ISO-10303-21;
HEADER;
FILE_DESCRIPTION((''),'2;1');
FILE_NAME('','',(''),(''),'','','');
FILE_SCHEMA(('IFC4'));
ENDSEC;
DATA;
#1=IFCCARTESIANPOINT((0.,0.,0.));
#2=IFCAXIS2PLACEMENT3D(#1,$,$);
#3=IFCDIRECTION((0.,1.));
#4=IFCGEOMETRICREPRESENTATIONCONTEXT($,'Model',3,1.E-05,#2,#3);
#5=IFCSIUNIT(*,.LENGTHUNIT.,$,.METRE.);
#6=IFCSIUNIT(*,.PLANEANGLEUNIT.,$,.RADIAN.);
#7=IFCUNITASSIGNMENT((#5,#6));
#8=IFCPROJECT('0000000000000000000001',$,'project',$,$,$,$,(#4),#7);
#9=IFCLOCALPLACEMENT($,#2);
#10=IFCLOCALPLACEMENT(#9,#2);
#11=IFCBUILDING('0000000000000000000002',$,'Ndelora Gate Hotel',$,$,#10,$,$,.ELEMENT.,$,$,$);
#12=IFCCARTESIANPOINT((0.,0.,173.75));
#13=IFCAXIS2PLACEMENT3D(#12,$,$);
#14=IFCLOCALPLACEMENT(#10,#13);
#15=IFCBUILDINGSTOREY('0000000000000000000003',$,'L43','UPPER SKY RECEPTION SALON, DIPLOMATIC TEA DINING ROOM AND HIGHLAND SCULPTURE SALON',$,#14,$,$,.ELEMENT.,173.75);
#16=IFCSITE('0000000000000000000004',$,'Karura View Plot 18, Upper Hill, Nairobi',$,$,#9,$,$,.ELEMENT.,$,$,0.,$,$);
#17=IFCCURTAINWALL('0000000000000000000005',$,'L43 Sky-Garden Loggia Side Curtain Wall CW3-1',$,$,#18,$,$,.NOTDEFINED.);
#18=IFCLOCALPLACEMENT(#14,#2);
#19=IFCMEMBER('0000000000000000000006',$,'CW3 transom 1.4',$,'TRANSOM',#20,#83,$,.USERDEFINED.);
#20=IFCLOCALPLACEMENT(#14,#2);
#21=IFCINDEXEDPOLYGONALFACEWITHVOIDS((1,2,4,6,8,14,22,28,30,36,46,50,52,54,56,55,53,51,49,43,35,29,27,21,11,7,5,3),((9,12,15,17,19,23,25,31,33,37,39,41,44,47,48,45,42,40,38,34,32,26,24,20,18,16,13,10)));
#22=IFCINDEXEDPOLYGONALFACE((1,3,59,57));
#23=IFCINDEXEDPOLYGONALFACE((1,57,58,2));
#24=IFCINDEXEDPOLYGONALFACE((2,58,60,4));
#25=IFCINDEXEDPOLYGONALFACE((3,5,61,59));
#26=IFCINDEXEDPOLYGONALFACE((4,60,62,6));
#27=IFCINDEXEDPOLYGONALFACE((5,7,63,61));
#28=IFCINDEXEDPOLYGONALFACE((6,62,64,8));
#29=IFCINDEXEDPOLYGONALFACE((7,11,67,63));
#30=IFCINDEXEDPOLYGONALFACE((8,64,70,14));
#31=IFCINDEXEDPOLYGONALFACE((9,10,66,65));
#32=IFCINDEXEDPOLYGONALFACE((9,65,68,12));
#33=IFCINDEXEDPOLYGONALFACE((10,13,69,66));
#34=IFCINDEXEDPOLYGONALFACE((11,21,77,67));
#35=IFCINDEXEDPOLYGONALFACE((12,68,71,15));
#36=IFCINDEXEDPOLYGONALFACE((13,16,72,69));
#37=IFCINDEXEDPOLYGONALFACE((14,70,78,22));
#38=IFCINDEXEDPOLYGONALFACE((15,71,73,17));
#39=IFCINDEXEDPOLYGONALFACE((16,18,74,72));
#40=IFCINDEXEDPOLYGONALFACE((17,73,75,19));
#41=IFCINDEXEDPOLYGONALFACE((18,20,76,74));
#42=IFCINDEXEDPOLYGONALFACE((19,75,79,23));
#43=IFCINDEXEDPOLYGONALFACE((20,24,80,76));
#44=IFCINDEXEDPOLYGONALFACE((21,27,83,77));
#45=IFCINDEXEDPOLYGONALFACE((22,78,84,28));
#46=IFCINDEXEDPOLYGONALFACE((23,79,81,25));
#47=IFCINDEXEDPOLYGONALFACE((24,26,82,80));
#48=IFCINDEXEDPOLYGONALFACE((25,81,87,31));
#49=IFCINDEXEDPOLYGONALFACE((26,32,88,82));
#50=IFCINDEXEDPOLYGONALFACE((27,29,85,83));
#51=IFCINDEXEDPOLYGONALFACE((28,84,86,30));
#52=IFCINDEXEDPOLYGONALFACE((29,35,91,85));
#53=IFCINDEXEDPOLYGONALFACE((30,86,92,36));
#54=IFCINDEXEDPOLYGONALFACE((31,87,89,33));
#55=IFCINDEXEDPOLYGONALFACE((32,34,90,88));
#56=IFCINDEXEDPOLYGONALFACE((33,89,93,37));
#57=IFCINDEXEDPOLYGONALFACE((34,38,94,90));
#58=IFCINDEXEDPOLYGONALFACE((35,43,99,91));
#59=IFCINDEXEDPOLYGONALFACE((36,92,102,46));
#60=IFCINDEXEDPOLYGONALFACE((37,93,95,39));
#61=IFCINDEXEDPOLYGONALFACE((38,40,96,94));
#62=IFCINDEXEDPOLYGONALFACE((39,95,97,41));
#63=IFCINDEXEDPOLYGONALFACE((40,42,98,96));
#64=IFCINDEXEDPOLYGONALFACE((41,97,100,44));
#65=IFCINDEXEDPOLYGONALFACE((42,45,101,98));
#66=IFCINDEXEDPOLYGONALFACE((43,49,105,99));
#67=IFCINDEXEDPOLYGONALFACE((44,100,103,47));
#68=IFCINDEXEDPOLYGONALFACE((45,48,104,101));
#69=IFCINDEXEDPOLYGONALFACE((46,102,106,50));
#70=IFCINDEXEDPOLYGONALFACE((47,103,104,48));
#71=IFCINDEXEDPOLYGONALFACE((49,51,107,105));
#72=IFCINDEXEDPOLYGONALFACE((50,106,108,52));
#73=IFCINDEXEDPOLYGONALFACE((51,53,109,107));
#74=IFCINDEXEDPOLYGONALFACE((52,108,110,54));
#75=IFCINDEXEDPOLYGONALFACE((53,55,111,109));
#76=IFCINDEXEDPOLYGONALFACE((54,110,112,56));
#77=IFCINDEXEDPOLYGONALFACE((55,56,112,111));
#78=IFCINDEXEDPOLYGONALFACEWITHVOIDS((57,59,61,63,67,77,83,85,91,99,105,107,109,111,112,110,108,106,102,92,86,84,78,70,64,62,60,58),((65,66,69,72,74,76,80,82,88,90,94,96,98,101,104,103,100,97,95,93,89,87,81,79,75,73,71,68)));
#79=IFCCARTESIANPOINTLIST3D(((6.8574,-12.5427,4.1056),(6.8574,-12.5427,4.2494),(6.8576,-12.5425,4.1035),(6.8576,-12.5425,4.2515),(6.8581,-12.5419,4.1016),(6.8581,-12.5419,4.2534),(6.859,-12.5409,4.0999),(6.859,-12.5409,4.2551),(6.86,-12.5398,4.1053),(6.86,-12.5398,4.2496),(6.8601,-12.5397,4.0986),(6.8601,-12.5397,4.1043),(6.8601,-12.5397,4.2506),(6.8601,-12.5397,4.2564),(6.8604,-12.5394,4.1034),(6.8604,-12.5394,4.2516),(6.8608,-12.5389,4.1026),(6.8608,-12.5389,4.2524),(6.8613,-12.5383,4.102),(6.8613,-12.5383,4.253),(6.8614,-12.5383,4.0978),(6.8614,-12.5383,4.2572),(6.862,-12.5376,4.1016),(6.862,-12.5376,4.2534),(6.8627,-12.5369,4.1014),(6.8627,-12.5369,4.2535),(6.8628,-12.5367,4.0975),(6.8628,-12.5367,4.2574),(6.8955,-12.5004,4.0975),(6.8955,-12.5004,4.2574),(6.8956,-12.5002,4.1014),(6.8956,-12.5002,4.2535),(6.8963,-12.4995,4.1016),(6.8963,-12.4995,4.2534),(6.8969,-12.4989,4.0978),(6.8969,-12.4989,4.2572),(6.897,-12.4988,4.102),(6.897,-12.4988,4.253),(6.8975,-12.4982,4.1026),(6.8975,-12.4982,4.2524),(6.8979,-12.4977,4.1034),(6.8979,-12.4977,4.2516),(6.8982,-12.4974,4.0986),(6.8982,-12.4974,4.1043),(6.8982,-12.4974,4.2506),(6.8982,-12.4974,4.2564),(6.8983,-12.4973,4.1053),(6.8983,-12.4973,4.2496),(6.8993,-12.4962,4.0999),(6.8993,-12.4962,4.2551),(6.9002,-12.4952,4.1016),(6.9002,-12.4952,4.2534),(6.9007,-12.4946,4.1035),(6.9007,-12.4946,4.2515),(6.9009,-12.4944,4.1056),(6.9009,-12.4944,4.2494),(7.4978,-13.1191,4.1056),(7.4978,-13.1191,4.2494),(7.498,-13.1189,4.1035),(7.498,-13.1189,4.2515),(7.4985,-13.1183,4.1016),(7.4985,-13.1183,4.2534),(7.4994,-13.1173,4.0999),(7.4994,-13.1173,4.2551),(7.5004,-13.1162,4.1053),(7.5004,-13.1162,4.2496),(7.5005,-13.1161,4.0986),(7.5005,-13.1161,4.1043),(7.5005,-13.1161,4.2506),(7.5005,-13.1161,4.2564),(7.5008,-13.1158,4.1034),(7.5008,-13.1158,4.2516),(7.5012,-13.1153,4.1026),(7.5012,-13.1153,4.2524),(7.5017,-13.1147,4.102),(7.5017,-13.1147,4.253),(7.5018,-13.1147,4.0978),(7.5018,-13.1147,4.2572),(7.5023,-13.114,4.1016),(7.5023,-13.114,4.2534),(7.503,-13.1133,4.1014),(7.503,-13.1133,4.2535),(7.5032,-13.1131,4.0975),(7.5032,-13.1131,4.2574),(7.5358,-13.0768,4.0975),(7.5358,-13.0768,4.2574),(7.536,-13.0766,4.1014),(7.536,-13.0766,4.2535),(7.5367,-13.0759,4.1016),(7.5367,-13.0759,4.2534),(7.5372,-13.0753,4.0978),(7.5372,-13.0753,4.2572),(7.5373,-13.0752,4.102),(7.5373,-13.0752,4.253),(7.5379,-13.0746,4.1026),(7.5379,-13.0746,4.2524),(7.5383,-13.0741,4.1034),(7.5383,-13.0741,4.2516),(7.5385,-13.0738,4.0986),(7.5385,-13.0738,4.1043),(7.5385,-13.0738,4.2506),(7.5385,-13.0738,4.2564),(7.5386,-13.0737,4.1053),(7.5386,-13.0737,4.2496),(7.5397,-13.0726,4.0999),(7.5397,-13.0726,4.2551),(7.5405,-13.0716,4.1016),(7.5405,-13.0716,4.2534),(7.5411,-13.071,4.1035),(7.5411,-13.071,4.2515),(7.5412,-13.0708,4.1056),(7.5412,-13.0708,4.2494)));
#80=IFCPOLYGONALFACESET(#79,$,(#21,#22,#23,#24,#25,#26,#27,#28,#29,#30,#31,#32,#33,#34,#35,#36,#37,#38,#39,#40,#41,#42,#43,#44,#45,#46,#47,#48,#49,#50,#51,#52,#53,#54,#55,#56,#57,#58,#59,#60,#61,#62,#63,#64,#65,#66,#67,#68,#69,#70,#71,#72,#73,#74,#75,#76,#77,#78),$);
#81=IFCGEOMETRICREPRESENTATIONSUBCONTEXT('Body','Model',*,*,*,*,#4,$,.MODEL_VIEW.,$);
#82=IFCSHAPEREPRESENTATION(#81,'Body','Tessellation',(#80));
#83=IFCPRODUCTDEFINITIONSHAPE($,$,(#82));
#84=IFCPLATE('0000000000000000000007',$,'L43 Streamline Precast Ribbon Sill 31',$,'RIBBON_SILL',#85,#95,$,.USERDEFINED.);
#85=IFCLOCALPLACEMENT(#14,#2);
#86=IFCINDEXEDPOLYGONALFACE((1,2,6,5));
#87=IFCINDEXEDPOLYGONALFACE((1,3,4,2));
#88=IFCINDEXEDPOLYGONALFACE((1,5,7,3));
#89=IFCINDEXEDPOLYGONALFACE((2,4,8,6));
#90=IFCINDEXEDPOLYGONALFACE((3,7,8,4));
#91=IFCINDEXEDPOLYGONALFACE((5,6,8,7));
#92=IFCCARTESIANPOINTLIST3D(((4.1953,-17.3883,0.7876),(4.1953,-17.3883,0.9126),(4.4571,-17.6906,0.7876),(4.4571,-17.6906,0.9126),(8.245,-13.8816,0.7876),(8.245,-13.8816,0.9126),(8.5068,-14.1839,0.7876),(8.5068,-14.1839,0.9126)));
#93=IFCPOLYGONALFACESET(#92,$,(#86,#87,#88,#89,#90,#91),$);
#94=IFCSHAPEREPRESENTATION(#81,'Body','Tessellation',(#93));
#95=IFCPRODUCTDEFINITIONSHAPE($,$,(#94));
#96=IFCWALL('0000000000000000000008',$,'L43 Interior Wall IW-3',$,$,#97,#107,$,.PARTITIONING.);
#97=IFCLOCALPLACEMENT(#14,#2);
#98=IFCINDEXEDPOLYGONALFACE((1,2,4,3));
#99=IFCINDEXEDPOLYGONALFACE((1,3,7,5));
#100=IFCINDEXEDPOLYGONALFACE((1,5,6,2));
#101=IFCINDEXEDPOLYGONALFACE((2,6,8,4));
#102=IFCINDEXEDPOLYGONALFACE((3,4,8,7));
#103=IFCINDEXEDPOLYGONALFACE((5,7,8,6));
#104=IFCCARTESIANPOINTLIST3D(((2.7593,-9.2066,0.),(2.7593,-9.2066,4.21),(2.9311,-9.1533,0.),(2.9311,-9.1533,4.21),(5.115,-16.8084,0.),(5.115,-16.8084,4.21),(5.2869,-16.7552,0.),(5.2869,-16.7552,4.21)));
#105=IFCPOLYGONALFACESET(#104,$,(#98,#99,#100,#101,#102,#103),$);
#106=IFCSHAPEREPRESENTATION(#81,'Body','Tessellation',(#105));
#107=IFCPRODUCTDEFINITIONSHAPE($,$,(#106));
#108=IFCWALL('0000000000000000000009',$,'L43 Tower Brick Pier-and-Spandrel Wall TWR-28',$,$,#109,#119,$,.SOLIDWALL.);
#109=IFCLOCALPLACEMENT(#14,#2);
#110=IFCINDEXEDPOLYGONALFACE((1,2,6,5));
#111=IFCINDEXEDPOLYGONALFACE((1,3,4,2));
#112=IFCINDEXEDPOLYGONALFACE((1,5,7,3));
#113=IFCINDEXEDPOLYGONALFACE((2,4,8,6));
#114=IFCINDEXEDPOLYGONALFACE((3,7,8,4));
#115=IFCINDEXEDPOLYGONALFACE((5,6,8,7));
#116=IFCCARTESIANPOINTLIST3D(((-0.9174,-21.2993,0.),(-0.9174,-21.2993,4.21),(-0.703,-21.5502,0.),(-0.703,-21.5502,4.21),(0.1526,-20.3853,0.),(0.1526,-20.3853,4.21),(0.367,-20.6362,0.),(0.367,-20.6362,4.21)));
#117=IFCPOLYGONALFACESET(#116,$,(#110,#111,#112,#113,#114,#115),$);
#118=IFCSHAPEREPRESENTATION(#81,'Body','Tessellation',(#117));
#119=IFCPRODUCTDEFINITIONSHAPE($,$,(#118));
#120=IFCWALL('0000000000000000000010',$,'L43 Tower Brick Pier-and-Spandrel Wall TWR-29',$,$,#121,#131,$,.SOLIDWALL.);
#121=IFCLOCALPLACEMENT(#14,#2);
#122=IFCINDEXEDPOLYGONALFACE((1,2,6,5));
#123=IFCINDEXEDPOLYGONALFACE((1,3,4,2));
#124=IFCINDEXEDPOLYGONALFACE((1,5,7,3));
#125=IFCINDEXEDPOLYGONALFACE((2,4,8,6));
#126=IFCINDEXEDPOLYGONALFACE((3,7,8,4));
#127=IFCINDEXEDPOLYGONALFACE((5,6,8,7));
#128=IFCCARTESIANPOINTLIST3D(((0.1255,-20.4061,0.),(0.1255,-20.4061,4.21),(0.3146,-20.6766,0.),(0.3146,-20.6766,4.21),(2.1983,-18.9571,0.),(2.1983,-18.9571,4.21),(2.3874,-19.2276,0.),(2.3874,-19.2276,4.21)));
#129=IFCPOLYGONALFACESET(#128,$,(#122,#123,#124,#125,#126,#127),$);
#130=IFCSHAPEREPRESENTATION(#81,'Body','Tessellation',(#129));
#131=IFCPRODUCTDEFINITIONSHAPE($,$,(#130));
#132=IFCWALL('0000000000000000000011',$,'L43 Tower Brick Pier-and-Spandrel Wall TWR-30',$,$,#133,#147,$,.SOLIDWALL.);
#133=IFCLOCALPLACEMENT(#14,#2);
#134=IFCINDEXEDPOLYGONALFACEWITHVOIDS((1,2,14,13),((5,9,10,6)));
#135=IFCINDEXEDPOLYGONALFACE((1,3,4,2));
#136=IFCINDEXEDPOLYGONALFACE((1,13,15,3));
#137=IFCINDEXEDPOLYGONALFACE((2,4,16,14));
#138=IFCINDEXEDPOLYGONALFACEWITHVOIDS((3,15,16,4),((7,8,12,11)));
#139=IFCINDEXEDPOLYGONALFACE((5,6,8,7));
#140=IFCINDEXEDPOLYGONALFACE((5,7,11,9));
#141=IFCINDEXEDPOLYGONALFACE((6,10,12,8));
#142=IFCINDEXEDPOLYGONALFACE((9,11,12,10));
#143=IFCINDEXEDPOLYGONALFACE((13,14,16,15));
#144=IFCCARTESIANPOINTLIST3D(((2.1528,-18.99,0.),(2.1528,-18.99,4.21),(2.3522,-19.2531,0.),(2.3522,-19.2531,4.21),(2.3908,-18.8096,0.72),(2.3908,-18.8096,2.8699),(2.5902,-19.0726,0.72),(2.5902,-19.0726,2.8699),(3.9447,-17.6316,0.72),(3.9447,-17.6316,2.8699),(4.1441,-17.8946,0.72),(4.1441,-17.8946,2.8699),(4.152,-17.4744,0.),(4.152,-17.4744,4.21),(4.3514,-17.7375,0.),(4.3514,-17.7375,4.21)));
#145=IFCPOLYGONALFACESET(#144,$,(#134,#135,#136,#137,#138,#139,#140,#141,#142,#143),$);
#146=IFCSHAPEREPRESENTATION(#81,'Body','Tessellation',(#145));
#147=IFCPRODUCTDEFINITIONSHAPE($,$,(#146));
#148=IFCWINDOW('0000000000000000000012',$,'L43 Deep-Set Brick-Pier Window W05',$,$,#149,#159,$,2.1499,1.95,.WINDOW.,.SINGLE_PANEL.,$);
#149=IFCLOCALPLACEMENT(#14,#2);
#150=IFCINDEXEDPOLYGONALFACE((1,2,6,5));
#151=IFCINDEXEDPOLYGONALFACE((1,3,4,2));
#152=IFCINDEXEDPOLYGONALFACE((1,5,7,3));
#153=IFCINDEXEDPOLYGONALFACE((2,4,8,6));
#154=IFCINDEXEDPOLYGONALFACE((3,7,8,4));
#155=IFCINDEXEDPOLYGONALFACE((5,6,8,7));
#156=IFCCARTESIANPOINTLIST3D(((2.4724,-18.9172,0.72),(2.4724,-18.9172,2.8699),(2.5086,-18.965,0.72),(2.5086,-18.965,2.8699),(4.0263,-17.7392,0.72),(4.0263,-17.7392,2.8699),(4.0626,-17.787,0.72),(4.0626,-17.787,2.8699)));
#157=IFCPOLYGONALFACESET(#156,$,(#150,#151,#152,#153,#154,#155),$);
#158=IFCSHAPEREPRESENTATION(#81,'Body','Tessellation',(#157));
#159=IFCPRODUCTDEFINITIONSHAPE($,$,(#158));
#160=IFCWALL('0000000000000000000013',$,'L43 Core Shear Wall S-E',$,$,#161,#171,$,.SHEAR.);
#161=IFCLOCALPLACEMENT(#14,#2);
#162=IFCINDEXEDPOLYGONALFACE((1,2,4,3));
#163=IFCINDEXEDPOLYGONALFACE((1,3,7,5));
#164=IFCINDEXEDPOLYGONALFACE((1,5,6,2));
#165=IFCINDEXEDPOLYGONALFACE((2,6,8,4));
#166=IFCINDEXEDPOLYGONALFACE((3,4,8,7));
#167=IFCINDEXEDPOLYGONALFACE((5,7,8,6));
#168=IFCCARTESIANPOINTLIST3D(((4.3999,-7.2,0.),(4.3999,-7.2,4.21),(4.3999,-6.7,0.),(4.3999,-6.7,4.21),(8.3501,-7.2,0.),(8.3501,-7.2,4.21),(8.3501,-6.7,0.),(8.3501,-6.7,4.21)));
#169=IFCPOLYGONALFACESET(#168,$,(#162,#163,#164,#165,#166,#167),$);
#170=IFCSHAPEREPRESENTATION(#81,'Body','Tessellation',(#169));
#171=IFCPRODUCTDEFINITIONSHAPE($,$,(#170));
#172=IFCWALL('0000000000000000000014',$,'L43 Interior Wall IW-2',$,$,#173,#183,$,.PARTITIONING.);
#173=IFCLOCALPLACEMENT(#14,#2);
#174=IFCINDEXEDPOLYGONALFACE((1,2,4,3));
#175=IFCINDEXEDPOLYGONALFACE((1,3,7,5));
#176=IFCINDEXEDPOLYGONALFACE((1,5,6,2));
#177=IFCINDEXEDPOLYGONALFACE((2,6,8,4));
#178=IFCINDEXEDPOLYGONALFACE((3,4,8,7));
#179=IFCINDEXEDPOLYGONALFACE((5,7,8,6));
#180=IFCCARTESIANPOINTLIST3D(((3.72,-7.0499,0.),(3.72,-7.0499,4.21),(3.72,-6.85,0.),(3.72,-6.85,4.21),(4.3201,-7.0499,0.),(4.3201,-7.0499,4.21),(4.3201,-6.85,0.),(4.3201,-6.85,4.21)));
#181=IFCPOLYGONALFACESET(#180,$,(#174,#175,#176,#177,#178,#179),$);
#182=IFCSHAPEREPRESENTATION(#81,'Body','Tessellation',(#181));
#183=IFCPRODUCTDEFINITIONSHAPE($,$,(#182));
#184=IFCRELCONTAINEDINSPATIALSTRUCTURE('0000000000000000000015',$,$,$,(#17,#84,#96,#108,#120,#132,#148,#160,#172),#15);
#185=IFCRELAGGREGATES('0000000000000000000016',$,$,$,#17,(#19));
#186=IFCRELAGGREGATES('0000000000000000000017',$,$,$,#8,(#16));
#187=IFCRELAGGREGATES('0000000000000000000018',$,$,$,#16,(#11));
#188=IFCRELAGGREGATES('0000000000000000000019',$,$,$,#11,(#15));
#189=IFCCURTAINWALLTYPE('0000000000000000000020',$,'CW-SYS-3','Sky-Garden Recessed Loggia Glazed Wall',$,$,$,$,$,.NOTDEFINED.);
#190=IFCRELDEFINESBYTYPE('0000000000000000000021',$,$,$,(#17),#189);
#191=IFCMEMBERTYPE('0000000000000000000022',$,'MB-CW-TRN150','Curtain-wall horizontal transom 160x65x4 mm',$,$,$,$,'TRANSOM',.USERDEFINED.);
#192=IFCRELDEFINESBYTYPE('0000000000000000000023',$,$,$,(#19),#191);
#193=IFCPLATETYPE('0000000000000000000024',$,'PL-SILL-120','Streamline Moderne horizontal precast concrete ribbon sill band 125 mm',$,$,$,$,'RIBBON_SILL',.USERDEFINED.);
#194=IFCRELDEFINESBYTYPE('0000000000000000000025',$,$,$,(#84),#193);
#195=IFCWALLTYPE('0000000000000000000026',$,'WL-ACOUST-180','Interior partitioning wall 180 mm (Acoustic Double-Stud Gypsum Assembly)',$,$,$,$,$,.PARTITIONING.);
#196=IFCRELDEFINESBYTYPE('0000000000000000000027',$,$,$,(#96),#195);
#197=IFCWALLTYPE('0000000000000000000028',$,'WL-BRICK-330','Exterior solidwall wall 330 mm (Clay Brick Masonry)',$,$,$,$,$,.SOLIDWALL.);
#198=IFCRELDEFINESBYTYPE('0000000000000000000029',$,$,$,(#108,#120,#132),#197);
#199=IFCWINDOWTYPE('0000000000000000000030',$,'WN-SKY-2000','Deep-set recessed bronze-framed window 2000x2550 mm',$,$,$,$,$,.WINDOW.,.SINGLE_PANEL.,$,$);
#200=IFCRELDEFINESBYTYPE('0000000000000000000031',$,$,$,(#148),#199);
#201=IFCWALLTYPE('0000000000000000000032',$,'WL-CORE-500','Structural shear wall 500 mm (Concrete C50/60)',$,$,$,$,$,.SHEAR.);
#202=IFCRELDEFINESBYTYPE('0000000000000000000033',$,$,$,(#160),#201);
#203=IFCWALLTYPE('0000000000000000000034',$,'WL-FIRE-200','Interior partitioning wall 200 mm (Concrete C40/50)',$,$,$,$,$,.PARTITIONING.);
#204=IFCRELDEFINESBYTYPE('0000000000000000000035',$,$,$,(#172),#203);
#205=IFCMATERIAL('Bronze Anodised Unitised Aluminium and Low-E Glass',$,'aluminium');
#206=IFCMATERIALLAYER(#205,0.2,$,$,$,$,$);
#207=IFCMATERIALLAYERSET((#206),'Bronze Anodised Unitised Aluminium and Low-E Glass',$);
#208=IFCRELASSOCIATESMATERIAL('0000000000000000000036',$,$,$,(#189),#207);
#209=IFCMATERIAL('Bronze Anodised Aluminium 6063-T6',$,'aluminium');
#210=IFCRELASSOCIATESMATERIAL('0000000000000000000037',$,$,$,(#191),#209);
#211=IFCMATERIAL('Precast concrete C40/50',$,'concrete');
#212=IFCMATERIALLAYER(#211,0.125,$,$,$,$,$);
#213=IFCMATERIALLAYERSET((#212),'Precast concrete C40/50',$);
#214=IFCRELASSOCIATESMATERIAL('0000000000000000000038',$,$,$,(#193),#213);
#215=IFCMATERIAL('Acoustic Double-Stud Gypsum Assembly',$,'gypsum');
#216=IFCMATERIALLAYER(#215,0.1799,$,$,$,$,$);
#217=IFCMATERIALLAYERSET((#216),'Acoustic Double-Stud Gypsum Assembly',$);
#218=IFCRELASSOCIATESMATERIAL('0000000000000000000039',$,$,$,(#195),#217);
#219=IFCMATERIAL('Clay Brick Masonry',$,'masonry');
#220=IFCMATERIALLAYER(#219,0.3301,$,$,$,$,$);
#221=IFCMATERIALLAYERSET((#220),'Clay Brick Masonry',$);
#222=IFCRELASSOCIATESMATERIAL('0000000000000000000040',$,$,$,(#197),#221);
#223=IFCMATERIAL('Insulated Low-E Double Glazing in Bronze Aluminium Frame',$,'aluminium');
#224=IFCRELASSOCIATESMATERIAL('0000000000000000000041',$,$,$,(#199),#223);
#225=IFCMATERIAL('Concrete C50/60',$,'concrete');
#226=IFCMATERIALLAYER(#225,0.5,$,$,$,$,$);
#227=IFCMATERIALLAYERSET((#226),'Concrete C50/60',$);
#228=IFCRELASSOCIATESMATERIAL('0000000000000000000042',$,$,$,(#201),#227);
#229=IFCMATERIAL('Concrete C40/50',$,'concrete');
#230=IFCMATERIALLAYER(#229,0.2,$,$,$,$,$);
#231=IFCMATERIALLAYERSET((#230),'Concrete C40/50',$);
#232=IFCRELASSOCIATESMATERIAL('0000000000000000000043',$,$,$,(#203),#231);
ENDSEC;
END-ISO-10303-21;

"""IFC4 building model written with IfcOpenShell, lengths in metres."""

from ifc_helpers import new_model, si_unit, direction, frame, frame_2d, origin, origin_2d, place, context, subcontext, project, spatial, rectangle, hollow_rectangle, extrude, material, layer, layer_set, material_profile, profile_set, type_object, element, fill, aggregate, save


model = new_model("IFC4")

# Units and contexts
model_context = context("Model", 3, precision=1e-05, world=origin(), true_north=direction((0.0, 1.0)))
body_context = subcontext(model_context, "Body", "Model", "MODEL_VIEW")
ifc_project = project(units=[si_unit("LENGTHUNIT", "METRE"), si_unit("PLANEANGLEUNIT", "RADIAN")], contexts=[model_context])

# Site, building, storey
site_placement = place(None, origin())
site = spatial("IfcSite", under=ifc_project, at=site_placement, Name="Karura View Plot 18, Upper Hill, Nairobi", CompositionType="ELEMENT", RefElevation=0.0)
building_placement = place(site_placement, origin())
building = spatial("IfcBuilding", under=site, at=building_placement, Name="Ndelora Gate Hotel", CompositionType="ELEMENT")
storey_placement = place(building_placement, frame((0.0, 0.0, 173.75)))
storey = spatial("IfcBuildingStorey", under=building, at=storey_placement, Name="L43", Description="UPPER SKY RECEPTION SALON, DIPLOMATIC TEA DINING ROOM AND HIGHLAND SCULPTURE SALON", CompositionType="ELEMENT", Elevation=173.75)

# Shared definitions
ifc_material_1 = material(Name="Concrete C50/60", Category="concrete")

# Curtain wall, member
ifc_material_2 = material(Name="Bronze Anodised Unitised Aluminium and Low-E Glass", Category="aluminium")
ifc_layer_1 = layer(ifc_material_2, 0.2)
ifc_layer_set_1 = layer_set([ifc_layer_1], Name="Bronze Anodised Unitised Aluminium and Low-E Glass")
curtain_wall_type = type_object("IfcCurtainWallType", Name="CW-SYS-3", Description="Sky-Garden Recessed Loggia Glazed Wall", PredefinedType="NOTDEFINED", material=ifc_layer_set_1)
curtain_wall_placement = place(storey_placement, origin())
curtain_wall = element("IfcCurtainWall", 1, at=curtain_wall_placement, inside=storey, type_object=curtain_wall_type, Name="L43 Sky-Garden Loggia Side Curtain Wall CW3-1", PredefinedType="NOTDEFINED")
ifc_material_3 = material(Name="Bronze Anodised Aluminium 6063-T6", Category="aluminium")
ifc_material_profile_1 = material_profile(ifc_material_3, hollow_rectangle(XDim=0.0649, YDim=0.1599, WallThickness=0.0039, InnerFilletRadius=0.0039, OuterFilletRadius=0.0081, at=origin_2d()), Name="ALU 160x65x4")
ifc_profile_set_1 = profile_set([ifc_material_profile_1], Name="Bronze Anodised Aluminium 6063-T6")
member_type_1 = type_object("IfcMemberType", Name="MB-CW-TRN150", Description="Curtain-wall horizontal transom 160x65x4 mm", ElementType="TRANSOM", PredefinedType="USERDEFINED", material=ifc_profile_set_1)
member_1_placement = place(storey_placement, frame((6.8792, -12.5186, 4.1775), z_axis=(0.743252, -0.669012, 0.0), x_axis=(0.669012, 0.743252, 0.0)))
member_1 = element("IfcMember", 2, at=member_1_placement, type_object=member_type_1, Name="CW3 transom 1.4", ObjectType="TRANSOM", PredefinedType="USERDEFINED", context=body_context, shape_type="SweptSolid", body=[
    extrude(hollow_rectangle(XDim=0.0649, YDim=0.1599, WallThickness=0.0039, InnerFilletRadius=0.0039, OuterFilletRadius=0.0081, at=origin_2d()), origin(), (0.0, 0.0, 1.0), 0.8616),
])
aggregate(curtain_wall, [member_1])

# Plate
ifc_material_4 = material(Name="Precast concrete C40/50", Category="concrete")
ifc_layer_2 = layer(ifc_material_4, 0.125)
ifc_layer_set_2 = layer_set([ifc_layer_2], Name="Precast concrete C40/50")
plate_type = type_object("IfcPlateType", Name="PL-SILL-120", Description="Streamline Moderne horizontal precast concrete ribbon sill band 125 mm", ElementType="RIBBON_SILL", PredefinedType="USERDEFINED", material=ifc_layer_set_2)
plate_placement = place(storey_placement, frame((6.3511, -15.7861, 0.7876), z_axis=(0.0, 0.0, 1.0), x_axis=(0.755968, 0.654609, 0.0)))
element("IfcPlate", 3, at=plate_placement, inside=storey, type_object=plate_type, Name="L43 Streamline Precast Ribbon Sill 31", ObjectType="RIBBON_SILL", PredefinedType="USERDEFINED", context=body_context, shape_type="SweptSolid", body=[
    extrude(rectangle(XDim=5.3569, YDim=0.3999, at=origin_2d()), origin(), (0.0, 0.0, 1.0), 0.125),
])

# Walls
ifc_material_5 = material(Name="Acoustic Double-Stud Gypsum Assembly", Category="gypsum")
ifc_layer_3 = layer(ifc_material_5, 0.1799)
ifc_layer_set_3 = layer_set([ifc_layer_3], Name="Acoustic Double-Stud Gypsum Assembly")
wall_type_1 = type_object("IfcWallType", Name="WL-ACOUST-180", Description="Interior partitioning wall 180 mm (Acoustic Double-Stud Gypsum Assembly)", PredefinedType="PARTITIONING", material=ifc_layer_set_3)
wall_1_placement = place(storey_placement, frame((2.8452, -9.1799, 0.0), z_axis=(0.0, 0.0, 1.0), x_axis=(0.296002, -0.955187, 0.0)))
element("IfcWall", 4, at=wall_1_placement, inside=storey, type_object=wall_type_1, Name="L43 Interior Wall IW-3", PredefinedType="PARTITIONING", context=body_context, shape_type="SweptSolid", body=[
    extrude(rectangle(XDim=7.9585, YDim=0.1799, at=frame_2d((3.9792, 0.0))), origin(), (0.0, 0.0, 1.0), 4.21),
])
ifc_material_6 = material(Name="Clay Brick Masonry", Category="masonry")
ifc_layer_4 = layer(ifc_material_6, 0.3301)
ifc_layer_set_4 = layer_set([ifc_layer_4], Name="Clay Brick Masonry")
wall_type_2 = type_object("IfcWallType", Name="WL-BRICK-330", Description="Exterior solidwall wall 330 mm (Clay Brick Masonry)", PredefinedType="SOLIDWALL", material=ifc_layer_set_4)
wall_2_placement = place(storey_placement, frame((0.2598, -20.5107, 0.0), z_axis=(0.0, 0.0, 1.0), x_axis=(-0.760358, -0.649505, 0.0)))
element("IfcWall", 5, at=wall_2_placement, inside=storey, type_object=wall_type_2, Name="L43 Tower Brick Pier-and-Spandrel Wall TWR-28", PredefinedType="SOLIDWALL", context=body_context, shape_type="SweptSolid", body=[
    extrude(rectangle(XDim=1.4072, YDim=0.3301, at=frame_2d((0.7036, 0.0))), origin(), (0.0, 0.0, 1.0), 4.21),
])
wall_3_placement = place(storey_placement, frame((2.293, -19.0923, 0.0), z_axis=(0.0, 0.0, 1.0), x_axis=(-0.819595, -0.572944, 0.0)))
element("IfcWall", 6, at=wall_3_placement, inside=storey, type_object=wall_type_2, Name="L43 Tower Brick Pier-and-Spandrel Wall TWR-29", PredefinedType="SOLIDWALL", context=body_context, shape_type="SweptSolid", body=[
    extrude(rectangle(XDim=2.5291, YDim=0.3301, at=frame_2d((1.2646, 0.0))), origin(), (0.0, 0.0, 1.0), 4.21),
])

# Wall, opening, window
wall_4_placement = place(storey_placement, frame((4.2517, -17.606, 0.0), z_axis=(0.0, 0.0, 1.0), x_axis=(-0.796895, -0.604118, 0.0)))
wall_4 = element("IfcWall", 7, at=wall_4_placement, inside=storey, type_object=wall_type_2, Name="L43 Tower Brick Pier-and-Spandrel Wall TWR-30", PredefinedType="SOLIDWALL", context=body_context, shape_type="SweptSolid", body=[
    extrude(rectangle(XDim=2.5088, YDim=0.3301, at=frame_2d((1.2544, 0.0))), origin(), (0.0, 0.0, 1.0), 4.21),
])
opening_placement = place(wall_4_placement, frame((0.26, 0.0, 0.72)))
opening = element("IfcOpeningElement", 8, at=opening_placement, cuts=wall_4, PredefinedType="OPENING", context=body_context, shape_type="SweptSolid", body=[
    extrude(rectangle(XDim=1.95, YDim=2.1499, at=frame_2d((0.9751, 1.075))), frame((0.0, 0.175, 0.0), z_axis=(0.0, -1.0, 0.0), x_axis=(1.0, 0.0, 0.0)), (0.0, 0.0, 1.0), 0.3501),
])
ifc_material_7 = material(Name="Insulated Low-E Double Glazing in Bronze Aluminium Frame", Category="aluminium")
window_type = type_object("IfcWindowType", Name="WN-SKY-2000", Description="Deep-set recessed bronze-framed window 2000x2550 mm", PartitioningType="SINGLE_PANEL", PredefinedType="WINDOW", material=ifc_material_7)
window_placement = place(opening_placement, origin())
window = element("IfcWindow", 9, at=window_placement, inside=storey, type_object=window_type, Name="L43 Deep-Set Brick-Pier Window W05", OverallHeight=2.1499, OverallWidth=1.95, PartitioningType="SINGLE_PANEL", PredefinedType="WINDOW", context=body_context, shape_type="SweptSolid", body=[
    extrude(rectangle(XDim=1.95, YDim=2.1499, at=frame_2d((0.9751, 1.075))), frame((0.0, 0.03, 0.0), z_axis=(0.0, -1.0, 0.0), x_axis=(1.0, 0.0, 0.0)), (0.0, 0.0, 1.0), 0.0601),
])
fill(opening, window)

# Walls
ifc_layer_5 = layer(ifc_material_1, 0.5)
ifc_layer_set_5 = layer_set([ifc_layer_5], Name="Concrete C50/60")
wall_type_3 = type_object("IfcWallType", Name="WL-CORE-500", Description="Structural shear wall 500 mm (Concrete C50/60)", PredefinedType="SHEAR", material=ifc_layer_set_5)
wall_5_placement = place(storey_placement, frame((4.3999, -6.95, 0.0), z_axis=(0.0, 0.0, 1.0), x_axis=(1.0, 0.0, 0.0)))
element("IfcWall", 10, at=wall_5_placement, inside=storey, type_object=wall_type_3, Name="L43 Core Shear Wall S-E", PredefinedType="SHEAR", context=body_context, shape_type="SweptSolid", body=[
    extrude(rectangle(XDim=3.9502, YDim=0.5, at=frame_2d((1.9751, 0.0))), origin(), (0.0, 0.0, 1.0), 4.21),
])
ifc_material_8 = material(Name="Concrete C40/50", Category="concrete")
ifc_layer_6 = layer(ifc_material_8, 0.2)
ifc_layer_set_6 = layer_set([ifc_layer_6], Name="Concrete C40/50")
wall_type_4 = type_object("IfcWallType", Name="WL-FIRE-200", Description="Interior partitioning wall 200 mm (Concrete C40/50)", PredefinedType="PARTITIONING", material=ifc_layer_set_6)
wall_6_placement = place(storey_placement, frame((3.72, -6.95, 0.0), z_axis=(0.0, 0.0, 1.0), x_axis=(1.0, 0.0, 0.0)))
element("IfcWall", 11, at=wall_6_placement, inside=storey, type_object=wall_type_4, Name="L43 Interior Wall IW-2", PredefinedType="PARTITIONING", context=body_context, shape_type="SweptSolid", body=[
    extrude(rectangle(XDim=0.6001, YDim=0.2, at=frame_2d((0.3, 0.0))), origin(), (0.0, 0.0, 1.0), 4.21),
])

save(model, "model.ifc")
